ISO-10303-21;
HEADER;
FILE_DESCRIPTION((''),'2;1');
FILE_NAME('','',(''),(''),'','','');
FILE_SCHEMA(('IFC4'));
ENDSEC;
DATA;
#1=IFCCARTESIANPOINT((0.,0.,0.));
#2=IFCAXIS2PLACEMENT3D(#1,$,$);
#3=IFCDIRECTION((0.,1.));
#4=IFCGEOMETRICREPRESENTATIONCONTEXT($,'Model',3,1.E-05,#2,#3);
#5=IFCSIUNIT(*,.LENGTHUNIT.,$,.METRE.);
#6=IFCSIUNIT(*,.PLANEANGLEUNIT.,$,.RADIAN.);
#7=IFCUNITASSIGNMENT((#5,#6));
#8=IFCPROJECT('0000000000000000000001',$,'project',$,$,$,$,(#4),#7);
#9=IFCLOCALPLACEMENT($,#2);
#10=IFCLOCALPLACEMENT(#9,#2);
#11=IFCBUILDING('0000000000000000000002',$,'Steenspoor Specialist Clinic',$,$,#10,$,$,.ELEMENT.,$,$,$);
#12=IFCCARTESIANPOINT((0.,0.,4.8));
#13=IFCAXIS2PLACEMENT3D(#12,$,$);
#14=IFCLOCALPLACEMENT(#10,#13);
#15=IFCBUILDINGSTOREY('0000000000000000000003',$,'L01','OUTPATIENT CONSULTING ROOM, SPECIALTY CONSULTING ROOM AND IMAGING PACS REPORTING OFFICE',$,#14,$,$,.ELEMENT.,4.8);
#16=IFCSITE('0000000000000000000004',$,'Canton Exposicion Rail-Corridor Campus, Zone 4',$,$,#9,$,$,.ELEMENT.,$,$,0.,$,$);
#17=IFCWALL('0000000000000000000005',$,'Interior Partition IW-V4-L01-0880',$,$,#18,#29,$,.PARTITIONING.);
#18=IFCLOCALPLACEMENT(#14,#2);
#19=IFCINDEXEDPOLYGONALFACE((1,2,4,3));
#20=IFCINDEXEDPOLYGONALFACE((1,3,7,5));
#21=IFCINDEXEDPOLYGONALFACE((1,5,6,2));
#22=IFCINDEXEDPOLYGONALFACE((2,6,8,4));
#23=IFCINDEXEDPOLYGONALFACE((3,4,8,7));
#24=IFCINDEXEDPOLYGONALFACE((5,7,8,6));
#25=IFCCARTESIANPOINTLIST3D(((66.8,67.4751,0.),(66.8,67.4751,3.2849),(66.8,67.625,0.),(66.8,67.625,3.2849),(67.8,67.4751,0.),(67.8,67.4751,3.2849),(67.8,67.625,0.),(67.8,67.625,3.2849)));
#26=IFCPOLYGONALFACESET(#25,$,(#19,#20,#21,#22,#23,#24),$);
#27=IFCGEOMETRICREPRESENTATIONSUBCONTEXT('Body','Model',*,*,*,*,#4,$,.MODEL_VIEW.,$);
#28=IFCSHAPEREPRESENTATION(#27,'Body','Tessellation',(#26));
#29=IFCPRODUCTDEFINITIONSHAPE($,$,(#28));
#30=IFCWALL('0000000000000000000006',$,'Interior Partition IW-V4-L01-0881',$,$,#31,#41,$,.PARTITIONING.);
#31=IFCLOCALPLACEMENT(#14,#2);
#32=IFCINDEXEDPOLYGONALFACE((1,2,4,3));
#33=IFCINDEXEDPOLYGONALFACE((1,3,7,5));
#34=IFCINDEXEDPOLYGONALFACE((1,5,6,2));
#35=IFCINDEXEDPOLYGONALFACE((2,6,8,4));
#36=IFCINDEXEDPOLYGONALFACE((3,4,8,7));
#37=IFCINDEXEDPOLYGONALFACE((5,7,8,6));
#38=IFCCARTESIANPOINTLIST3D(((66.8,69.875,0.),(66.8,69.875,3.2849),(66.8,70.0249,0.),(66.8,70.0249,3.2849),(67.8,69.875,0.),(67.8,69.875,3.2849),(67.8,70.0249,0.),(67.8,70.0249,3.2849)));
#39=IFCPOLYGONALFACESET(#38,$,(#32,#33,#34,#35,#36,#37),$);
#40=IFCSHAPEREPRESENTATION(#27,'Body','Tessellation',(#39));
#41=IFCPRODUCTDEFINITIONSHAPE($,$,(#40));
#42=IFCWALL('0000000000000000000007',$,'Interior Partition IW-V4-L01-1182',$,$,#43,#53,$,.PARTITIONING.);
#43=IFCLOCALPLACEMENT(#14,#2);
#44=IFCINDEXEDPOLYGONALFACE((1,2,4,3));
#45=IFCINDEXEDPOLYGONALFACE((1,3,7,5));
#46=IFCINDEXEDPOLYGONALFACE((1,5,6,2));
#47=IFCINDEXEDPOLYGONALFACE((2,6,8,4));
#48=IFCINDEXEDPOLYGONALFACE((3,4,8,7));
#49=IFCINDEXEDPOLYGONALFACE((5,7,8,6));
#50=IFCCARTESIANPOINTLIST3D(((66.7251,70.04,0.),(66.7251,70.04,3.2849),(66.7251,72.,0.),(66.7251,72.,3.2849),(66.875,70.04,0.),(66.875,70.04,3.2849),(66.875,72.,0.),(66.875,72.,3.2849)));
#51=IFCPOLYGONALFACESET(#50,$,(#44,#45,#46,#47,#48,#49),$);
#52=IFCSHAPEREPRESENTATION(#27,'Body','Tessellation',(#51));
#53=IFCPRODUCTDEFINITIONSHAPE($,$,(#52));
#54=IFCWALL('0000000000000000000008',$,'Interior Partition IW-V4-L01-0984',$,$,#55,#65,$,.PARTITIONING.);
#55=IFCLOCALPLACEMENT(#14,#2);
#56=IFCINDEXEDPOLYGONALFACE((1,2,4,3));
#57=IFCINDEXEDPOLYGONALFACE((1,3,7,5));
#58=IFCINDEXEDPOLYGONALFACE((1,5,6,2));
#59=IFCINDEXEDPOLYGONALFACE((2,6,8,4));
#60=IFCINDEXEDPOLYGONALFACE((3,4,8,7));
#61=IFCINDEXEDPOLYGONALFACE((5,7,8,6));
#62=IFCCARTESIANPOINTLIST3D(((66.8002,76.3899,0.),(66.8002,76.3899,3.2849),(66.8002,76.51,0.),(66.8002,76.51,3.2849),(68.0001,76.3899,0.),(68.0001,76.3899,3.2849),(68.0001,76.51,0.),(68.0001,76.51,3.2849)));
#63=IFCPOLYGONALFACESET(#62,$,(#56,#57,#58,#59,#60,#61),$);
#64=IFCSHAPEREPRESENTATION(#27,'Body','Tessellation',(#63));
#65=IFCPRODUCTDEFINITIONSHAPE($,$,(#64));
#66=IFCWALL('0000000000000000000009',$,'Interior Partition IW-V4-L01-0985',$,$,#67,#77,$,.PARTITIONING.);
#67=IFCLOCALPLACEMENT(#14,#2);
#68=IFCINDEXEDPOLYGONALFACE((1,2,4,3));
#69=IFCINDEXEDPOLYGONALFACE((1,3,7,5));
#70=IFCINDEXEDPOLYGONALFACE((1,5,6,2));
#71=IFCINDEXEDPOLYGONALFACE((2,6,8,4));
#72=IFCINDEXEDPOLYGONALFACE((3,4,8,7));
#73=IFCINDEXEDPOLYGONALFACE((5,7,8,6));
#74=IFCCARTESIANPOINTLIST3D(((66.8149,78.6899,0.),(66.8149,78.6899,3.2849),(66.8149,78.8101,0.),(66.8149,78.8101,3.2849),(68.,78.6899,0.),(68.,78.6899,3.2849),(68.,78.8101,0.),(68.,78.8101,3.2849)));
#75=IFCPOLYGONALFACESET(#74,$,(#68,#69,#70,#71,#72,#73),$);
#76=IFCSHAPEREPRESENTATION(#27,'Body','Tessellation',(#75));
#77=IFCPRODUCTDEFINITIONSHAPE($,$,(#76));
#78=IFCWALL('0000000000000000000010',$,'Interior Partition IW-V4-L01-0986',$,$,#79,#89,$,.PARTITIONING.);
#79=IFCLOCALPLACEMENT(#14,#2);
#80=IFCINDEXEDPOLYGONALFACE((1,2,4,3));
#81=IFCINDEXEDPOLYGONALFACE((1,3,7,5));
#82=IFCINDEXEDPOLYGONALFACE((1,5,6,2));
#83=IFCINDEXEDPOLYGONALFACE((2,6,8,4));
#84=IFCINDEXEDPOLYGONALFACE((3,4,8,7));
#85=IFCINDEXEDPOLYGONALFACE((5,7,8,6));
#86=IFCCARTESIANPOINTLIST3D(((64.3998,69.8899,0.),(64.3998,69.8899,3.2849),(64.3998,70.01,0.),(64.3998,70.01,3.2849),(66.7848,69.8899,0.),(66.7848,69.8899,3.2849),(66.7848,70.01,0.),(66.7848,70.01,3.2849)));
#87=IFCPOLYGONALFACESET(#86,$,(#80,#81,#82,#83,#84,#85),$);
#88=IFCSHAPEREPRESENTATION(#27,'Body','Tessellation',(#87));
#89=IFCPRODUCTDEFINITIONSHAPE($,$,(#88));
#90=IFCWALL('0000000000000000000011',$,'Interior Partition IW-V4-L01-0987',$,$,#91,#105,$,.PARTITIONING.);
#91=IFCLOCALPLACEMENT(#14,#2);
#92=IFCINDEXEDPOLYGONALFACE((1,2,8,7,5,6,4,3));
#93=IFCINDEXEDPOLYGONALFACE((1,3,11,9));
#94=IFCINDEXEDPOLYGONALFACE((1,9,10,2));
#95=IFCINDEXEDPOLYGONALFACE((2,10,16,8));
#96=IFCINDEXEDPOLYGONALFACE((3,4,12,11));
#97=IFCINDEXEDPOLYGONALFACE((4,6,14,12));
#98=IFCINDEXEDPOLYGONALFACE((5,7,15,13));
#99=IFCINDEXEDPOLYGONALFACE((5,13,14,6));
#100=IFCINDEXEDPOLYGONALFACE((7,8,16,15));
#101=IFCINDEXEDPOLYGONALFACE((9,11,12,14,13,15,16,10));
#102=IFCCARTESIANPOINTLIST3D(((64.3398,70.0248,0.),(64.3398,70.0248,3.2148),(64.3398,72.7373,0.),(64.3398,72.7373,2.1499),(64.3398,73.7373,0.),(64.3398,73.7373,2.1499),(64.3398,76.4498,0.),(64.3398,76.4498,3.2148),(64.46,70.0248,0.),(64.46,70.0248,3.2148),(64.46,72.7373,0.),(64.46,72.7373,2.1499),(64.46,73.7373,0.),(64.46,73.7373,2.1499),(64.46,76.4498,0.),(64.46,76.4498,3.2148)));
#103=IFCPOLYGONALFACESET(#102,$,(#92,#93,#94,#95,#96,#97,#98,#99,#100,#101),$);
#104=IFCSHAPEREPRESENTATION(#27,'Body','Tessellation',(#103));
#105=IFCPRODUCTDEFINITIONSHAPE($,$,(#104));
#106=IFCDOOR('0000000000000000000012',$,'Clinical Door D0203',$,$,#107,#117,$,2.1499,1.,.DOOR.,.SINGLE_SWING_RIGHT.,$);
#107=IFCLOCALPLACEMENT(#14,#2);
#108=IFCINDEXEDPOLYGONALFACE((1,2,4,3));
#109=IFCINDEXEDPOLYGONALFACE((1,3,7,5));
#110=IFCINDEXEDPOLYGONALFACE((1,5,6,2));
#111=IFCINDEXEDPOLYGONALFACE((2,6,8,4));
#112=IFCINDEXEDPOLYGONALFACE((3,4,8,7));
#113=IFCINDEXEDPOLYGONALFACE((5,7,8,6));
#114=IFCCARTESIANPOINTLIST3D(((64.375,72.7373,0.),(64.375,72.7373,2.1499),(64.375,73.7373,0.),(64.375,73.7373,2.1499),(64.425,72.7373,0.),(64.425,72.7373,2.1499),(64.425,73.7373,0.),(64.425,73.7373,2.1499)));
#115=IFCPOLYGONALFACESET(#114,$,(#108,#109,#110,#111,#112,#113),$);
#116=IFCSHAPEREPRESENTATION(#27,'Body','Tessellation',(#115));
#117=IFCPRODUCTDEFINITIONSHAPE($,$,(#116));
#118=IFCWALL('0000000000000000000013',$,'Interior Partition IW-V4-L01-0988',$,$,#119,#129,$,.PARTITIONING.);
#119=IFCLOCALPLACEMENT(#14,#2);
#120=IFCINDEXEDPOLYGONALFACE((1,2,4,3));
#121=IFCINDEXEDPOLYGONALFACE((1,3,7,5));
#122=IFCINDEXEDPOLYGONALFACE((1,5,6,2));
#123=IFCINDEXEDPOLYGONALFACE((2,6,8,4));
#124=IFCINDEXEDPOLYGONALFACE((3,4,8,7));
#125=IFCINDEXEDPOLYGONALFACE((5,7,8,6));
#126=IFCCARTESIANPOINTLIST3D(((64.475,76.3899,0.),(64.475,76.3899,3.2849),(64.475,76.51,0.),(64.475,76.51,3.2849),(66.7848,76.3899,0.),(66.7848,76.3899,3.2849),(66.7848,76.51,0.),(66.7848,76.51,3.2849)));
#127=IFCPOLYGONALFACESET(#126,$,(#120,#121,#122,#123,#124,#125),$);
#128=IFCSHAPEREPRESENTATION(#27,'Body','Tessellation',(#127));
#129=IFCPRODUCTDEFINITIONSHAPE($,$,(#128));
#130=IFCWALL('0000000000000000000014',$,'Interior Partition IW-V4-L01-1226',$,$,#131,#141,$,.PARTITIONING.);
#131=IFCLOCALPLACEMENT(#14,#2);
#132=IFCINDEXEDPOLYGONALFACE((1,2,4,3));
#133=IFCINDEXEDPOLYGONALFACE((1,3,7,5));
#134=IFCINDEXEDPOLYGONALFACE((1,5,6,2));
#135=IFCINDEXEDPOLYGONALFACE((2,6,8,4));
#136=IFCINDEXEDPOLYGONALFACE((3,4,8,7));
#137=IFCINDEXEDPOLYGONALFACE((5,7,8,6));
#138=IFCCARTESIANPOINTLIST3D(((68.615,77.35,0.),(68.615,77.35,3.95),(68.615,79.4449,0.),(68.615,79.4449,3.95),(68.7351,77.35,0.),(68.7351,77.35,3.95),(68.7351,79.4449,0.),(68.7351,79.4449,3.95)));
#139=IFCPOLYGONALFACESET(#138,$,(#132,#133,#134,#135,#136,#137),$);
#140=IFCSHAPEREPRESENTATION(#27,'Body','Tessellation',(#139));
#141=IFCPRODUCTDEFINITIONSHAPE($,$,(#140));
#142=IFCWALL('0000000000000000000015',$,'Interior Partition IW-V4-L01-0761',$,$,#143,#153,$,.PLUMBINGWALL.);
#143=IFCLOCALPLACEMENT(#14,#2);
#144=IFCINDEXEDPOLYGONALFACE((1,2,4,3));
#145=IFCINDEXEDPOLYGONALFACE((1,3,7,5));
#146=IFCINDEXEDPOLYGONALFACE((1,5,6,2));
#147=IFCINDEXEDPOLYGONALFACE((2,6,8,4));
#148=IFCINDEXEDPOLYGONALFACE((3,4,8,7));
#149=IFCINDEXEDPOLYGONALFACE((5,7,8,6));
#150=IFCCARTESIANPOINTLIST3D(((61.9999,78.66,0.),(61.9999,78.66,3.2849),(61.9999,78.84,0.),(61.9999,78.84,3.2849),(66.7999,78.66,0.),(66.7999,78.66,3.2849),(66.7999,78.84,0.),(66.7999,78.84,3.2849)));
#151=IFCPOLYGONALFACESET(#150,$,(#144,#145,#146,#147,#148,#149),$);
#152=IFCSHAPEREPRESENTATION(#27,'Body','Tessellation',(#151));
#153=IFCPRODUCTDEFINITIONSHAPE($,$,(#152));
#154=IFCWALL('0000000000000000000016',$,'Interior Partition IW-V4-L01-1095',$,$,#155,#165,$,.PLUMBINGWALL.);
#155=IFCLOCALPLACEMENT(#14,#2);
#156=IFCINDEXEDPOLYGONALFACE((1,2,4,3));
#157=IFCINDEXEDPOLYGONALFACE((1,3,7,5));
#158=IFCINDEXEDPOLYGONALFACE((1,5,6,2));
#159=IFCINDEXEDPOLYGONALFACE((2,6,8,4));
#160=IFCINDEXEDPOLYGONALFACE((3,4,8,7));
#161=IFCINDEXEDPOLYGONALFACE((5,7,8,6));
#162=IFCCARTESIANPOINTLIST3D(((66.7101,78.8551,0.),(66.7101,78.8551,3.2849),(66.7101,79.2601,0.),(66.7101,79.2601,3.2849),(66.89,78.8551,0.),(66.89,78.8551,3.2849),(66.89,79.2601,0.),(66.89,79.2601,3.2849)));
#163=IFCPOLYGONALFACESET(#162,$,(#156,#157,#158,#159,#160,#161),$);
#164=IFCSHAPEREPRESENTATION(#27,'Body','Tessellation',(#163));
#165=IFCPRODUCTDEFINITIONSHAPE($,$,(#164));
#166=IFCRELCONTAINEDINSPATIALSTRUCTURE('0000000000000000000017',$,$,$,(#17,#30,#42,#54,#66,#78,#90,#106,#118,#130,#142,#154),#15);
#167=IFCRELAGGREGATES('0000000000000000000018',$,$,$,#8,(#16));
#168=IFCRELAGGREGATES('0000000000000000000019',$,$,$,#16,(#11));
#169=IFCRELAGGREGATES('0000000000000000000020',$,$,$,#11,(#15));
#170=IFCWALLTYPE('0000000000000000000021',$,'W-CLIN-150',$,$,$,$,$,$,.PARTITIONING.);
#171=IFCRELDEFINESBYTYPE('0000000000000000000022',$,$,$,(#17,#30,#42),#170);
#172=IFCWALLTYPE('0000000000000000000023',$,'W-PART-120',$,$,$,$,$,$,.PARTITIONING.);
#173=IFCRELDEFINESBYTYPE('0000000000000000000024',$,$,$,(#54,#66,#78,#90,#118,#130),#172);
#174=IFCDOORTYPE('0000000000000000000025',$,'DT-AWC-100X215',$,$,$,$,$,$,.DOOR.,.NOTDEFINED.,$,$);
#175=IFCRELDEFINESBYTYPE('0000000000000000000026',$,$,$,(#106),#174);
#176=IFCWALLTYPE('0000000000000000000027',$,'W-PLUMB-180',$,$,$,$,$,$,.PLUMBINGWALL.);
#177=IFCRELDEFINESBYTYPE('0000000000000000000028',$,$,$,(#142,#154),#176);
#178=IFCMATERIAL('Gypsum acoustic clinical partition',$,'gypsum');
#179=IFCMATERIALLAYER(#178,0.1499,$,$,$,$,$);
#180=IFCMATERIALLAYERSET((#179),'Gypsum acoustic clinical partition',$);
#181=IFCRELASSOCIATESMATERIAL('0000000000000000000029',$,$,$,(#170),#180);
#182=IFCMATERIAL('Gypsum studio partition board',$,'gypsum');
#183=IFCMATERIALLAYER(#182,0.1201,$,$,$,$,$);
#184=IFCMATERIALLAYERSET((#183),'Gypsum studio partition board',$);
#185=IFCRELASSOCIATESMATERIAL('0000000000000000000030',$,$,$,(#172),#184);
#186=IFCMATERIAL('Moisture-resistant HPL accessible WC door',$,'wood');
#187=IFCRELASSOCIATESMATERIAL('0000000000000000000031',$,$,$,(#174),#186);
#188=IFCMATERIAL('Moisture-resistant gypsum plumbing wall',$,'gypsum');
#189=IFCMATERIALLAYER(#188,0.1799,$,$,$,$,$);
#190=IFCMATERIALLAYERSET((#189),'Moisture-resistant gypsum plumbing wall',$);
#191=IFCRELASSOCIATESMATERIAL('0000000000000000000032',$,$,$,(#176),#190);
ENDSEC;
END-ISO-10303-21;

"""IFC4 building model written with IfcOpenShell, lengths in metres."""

from ifc_helpers import new_model, si_unit, direction, frame, frame_2d, origin, place, context, subcontext, project, spatial, rectangle, extrude, material, layer, layer_set, type_object, element, fill, save


model = new_model("IFC4")

# Units and contexts
model_context = context("Model", 3, precision=1e-05, world=origin(), true_north=direction((0.0, 1.0)))
body_context = subcontext(model_context, "Body", "Model", "MODEL_VIEW")
ifc_project = project(units=[si_unit("LENGTHUNIT", "METRE"), si_unit("PLANEANGLEUNIT", "RADIAN")], contexts=[model_context])

# Site, building, storey
site_placement = place(None, origin())
site = spatial("IfcSite", under=ifc_project, at=site_placement, Name="Canton Exposicion Rail-Corridor Campus, Zone 4", CompositionType="ELEMENT", RefElevation=0.0)
building_placement = place(site_placement, origin())
building = spatial("IfcBuilding", under=site, at=building_placement, Name="Steenspoor Specialist Clinic", CompositionType="ELEMENT")
storey_placement = place(building_placement, frame((0.0, 0.0, 4.8)))
storey = spatial("IfcBuildingStorey", under=building, at=storey_placement, Name="L01", Description="OUTPATIENT CONSULTING ROOM, SPECIALTY CONSULTING ROOM AND IMAGING PACS REPORTING OFFICE", CompositionType="ELEMENT", Elevation=4.8)

# Walls
ifc_material_1 = material(Name="Gypsum acoustic clinical partition", Category="gypsum")
ifc_layer_1 = layer(ifc_material_1, 0.1499)
ifc_layer_set_1 = layer_set([ifc_layer_1], Name="Gypsum acoustic clinical partition")
wall_type_1 = type_object("IfcWallType", Name="W-CLIN-150", PredefinedType="PARTITIONING", material=ifc_layer_set_1)
for number, where, z_axis, x_axis, name in (
    (1, (66.8, 67.55, 0.0), (0.0, 0.0, 1.0), (1.0, 0.0, 0.0), "Interior Partition IW-V4-L01-0880"),
    (2, (66.8, 69.95, 0.0), (0.0, 0.0, 1.0), (1.0, 0.0, 0.0), "Interior Partition IW-V4-L01-0881"),
):
    element("IfcWall", number, at=place(storey_placement, frame(where, z_axis=z_axis, x_axis=x_axis)), inside=storey, type_object=wall_type_1, Name=name, PredefinedType="PARTITIONING", context=body_context, shape_type="SweptSolid", body=[
        extrude(rectangle(XDim=1.0, YDim=0.1499, at=frame_2d((0.5, 0.0))), origin(), (0.0, 0.0, 1.0), 3.2849),
    ])
wall_1_placement = place(storey_placement, frame((66.8, 70.04, 0.0), z_axis=(0.0, 0.0, 1.0), x_axis=(0.0, 1.0, 0.0)))
element("IfcWall", 3, at=wall_1_placement, inside=storey, type_object=wall_type_1, Name="Interior Partition IW-V4-L01-1182", PredefinedType="PARTITIONING", context=body_context, shape_type="SweptSolid", body=[
    extrude(rectangle(XDim=1.96, YDim=0.1499, at=frame_2d((0.98, 0.0))), origin(), (0.0, 0.0, 1.0), 3.2849),
])
ifc_material_2 = material(Name="Gypsum studio partition board", Category="gypsum")
ifc_layer_2 = layer(ifc_material_2, 0.1201)
ifc_layer_set_2 = layer_set([ifc_layer_2], Name="Gypsum studio partition board")
wall_type_2 = type_object("IfcWallType", Name="W-PART-120", PredefinedType="PARTITIONING", material=ifc_layer_set_2)
wall_2_placement = place(storey_placement, frame((66.8, 76.45, 0.0), z_axis=(0.0, 0.0, 1.0), x_axis=(1.0, 0.0, 0.0)))
element("IfcWall", 4, at=wall_2_placement, inside=storey, type_object=wall_type_2, Name="Interior Partition IW-V4-L01-0984", PredefinedType="PARTITIONING", context=body_context, shape_type="SweptSolid", body=[
    extrude(rectangle(XDim=1.2, YDim=0.1201, at=frame_2d((0.6001, 0.0))), origin(), (0.0, 0.0, 1.0), 3.2849),
])
wall_3_placement = place(storey_placement, frame((66.8149, 78.75, 0.0), z_axis=(0.0, 0.0, 1.0), x_axis=(1.0, 0.0, 0.0)))
element("IfcWall", 5, at=wall_3_placement, inside=storey, type_object=wall_type_2, Name="Interior Partition IW-V4-L01-0985", PredefinedType="PARTITIONING", context=body_context, shape_type="SweptSolid", body=[
    extrude(rectangle(XDim=1.1851, YDim=0.1201, at=frame_2d((0.5925, 0.0))), origin(), (0.0, 0.0, 1.0), 3.2849),
])
wall_4_placement = place(storey_placement, frame((64.3999, 69.95, 0.0), z_axis=(0.0, 0.0, 1.0), x_axis=(1.0, 0.0, 0.0)))
element("IfcWall", 6, at=wall_4_placement, inside=storey, type_object=wall_type_2, Name="Interior Partition IW-V4-L01-0986", PredefinedType="PARTITIONING", context=body_context, shape_type="SweptSolid", body=[
    extrude(rectangle(XDim=2.385, YDim=0.1201, at=frame_2d((1.1924, 0.0))), origin(), (0.0, 0.0, 1.0), 3.2849),
])

# Wall, opening, door
wall_5_placement = place(storey_placement, frame((64.3999, 70.0249, 0.0), z_axis=(0.0, 0.0, 1.0), x_axis=(0.0, 1.0, 0.0)))
wall_5 = element("IfcWall", 7, at=wall_5_placement, inside=storey, type_object=wall_type_2, Name="Interior Partition IW-V4-L01-0987", PredefinedType="PARTITIONING", context=body_context, shape_type="SweptSolid", body=[
    extrude(rectangle(XDim=6.425, YDim=0.1201, at=frame_2d((3.2124, 0.0))), origin(), (0.0, 0.0, 1.0), 3.2148),
])
opening_placement = place(wall_5_placement, frame((2.7124, 0.0, 0.0)))
opening = element("IfcOpeningElement", 8, at=opening_placement, cuts=wall_5, PredefinedType="OPENING", context=body_context, shape_type="SweptSolid", body=[
    extrude(rectangle(XDim=1.0, YDim=2.1499, at=frame_2d((0.5, 1.075))), frame((0.0, 0.0701, 0.0), z_axis=(0.0, -1.0, 0.0), x_axis=(1.0, 0.0, 0.0)), (0.0, 0.0, 1.0), 0.1401),
])
ifc_material_3 = material(Name="Moisture-resistant HPL accessible WC door", Category="wood")
door_type = type_object("IfcDoorType", Name="DT-AWC-100X215", OperationType="NOTDEFINED", PredefinedType="DOOR", material=ifc_material_3)
door_placement = place(opening_placement, origin())
door = element("IfcDoor", 9, at=door_placement, inside=storey, type_object=door_type, Name="Clinical Door D0203", OperationType="SINGLE_SWING_RIGHT", OverallHeight=2.1499, OverallWidth=1.0, PredefinedType="DOOR", context=body_context, shape_type="SweptSolid", body=[
    extrude(rectangle(XDim=1.0, YDim=2.1499, at=frame_2d((0.5, 1.075))), frame((0.0, 0.0249, 0.0), z_axis=(0.0, -1.0, 0.0), x_axis=(1.0, 0.0, 0.0)), (0.0, 0.0, 1.0), 0.05),
])
fill(opening, door)

# Walls
wall_6_placement = place(storey_placement, frame((64.4751, 76.45, 0.0), z_axis=(0.0, 0.0, 1.0), x_axis=(1.0, 0.0, 0.0)))
element("IfcWall", 10, at=wall_6_placement, inside=storey, type_object=wall_type_2, Name="Interior Partition IW-V4-L01-0988", PredefinedType="PARTITIONING", context=body_context, shape_type="SweptSolid", body=[
    extrude(rectangle(XDim=2.3098, YDim=0.1201, at=frame_2d((1.1548, 0.0))), origin(), (0.0, 0.0, 1.0), 3.2849),
])
wall_7_placement = place(storey_placement, frame((68.675, 77.3501, 0.0), z_axis=(0.0, 0.0, 1.0), x_axis=(0.0, 1.0, 0.0)))
element("IfcWall", 11, at=wall_7_placement, inside=storey, type_object=wall_type_2, Name="Interior Partition IW-V4-L01-1226", PredefinedType="PARTITIONING", context=body_context, shape_type="SweptSolid", body=[
    extrude(rectangle(XDim=2.095, YDim=0.1201, at=frame_2d((1.0474, 0.0))), origin(), (0.0, 0.0, 1.0), 3.95),
])
ifc_material_4 = material(Name="Moisture-resistant gypsum plumbing wall", Category="gypsum")
ifc_layer_3 = layer(ifc_material_4, 0.1799)
ifc_layer_set_3 = layer_set([ifc_layer_3], Name="Moisture-resistant gypsum plumbing wall")
wall_type_3 = type_object("IfcWallType", Name="W-PLUMB-180", PredefinedType="PLUMBINGWALL", material=ifc_layer_set_3)
wall_8_placement = place(storey_placement, frame((62.0, 78.75, 0.0), z_axis=(0.0, 0.0, 1.0), x_axis=(1.0, 0.0, 0.0)))
element("IfcWall", 12, at=wall_8_placement, inside=storey, type_object=wall_type_3, Name="Interior Partition IW-V4-L01-0761", PredefinedType="PLUMBINGWALL", context=body_context, shape_type="SweptSolid", body=[
    extrude(rectangle(XDim=4.8, YDim=0.1799, at=frame_2d((2.3999, 0.0))), origin(), (0.0, 0.0, 1.0), 3.2849),
])
wall_9_placement = place(storey_placement, frame((66.8, 78.855, 0.0), z_axis=(0.0, 0.0, 1.0), x_axis=(0.0, 1.0, 0.0)))
element("IfcWall", 13, at=wall_9_placement, inside=storey, type_object=wall_type_3, Name="Interior Partition IW-V4-L01-1095", PredefinedType="PLUMBINGWALL", context=body_context, shape_type="SweptSolid", body=[
    extrude(rectangle(XDim=0.405, YDim=0.1799, at=frame_2d((0.2026, 0.0))), origin(), (0.0, 0.0, 1.0), 3.2849),
])

save(model, "model.ifc")
